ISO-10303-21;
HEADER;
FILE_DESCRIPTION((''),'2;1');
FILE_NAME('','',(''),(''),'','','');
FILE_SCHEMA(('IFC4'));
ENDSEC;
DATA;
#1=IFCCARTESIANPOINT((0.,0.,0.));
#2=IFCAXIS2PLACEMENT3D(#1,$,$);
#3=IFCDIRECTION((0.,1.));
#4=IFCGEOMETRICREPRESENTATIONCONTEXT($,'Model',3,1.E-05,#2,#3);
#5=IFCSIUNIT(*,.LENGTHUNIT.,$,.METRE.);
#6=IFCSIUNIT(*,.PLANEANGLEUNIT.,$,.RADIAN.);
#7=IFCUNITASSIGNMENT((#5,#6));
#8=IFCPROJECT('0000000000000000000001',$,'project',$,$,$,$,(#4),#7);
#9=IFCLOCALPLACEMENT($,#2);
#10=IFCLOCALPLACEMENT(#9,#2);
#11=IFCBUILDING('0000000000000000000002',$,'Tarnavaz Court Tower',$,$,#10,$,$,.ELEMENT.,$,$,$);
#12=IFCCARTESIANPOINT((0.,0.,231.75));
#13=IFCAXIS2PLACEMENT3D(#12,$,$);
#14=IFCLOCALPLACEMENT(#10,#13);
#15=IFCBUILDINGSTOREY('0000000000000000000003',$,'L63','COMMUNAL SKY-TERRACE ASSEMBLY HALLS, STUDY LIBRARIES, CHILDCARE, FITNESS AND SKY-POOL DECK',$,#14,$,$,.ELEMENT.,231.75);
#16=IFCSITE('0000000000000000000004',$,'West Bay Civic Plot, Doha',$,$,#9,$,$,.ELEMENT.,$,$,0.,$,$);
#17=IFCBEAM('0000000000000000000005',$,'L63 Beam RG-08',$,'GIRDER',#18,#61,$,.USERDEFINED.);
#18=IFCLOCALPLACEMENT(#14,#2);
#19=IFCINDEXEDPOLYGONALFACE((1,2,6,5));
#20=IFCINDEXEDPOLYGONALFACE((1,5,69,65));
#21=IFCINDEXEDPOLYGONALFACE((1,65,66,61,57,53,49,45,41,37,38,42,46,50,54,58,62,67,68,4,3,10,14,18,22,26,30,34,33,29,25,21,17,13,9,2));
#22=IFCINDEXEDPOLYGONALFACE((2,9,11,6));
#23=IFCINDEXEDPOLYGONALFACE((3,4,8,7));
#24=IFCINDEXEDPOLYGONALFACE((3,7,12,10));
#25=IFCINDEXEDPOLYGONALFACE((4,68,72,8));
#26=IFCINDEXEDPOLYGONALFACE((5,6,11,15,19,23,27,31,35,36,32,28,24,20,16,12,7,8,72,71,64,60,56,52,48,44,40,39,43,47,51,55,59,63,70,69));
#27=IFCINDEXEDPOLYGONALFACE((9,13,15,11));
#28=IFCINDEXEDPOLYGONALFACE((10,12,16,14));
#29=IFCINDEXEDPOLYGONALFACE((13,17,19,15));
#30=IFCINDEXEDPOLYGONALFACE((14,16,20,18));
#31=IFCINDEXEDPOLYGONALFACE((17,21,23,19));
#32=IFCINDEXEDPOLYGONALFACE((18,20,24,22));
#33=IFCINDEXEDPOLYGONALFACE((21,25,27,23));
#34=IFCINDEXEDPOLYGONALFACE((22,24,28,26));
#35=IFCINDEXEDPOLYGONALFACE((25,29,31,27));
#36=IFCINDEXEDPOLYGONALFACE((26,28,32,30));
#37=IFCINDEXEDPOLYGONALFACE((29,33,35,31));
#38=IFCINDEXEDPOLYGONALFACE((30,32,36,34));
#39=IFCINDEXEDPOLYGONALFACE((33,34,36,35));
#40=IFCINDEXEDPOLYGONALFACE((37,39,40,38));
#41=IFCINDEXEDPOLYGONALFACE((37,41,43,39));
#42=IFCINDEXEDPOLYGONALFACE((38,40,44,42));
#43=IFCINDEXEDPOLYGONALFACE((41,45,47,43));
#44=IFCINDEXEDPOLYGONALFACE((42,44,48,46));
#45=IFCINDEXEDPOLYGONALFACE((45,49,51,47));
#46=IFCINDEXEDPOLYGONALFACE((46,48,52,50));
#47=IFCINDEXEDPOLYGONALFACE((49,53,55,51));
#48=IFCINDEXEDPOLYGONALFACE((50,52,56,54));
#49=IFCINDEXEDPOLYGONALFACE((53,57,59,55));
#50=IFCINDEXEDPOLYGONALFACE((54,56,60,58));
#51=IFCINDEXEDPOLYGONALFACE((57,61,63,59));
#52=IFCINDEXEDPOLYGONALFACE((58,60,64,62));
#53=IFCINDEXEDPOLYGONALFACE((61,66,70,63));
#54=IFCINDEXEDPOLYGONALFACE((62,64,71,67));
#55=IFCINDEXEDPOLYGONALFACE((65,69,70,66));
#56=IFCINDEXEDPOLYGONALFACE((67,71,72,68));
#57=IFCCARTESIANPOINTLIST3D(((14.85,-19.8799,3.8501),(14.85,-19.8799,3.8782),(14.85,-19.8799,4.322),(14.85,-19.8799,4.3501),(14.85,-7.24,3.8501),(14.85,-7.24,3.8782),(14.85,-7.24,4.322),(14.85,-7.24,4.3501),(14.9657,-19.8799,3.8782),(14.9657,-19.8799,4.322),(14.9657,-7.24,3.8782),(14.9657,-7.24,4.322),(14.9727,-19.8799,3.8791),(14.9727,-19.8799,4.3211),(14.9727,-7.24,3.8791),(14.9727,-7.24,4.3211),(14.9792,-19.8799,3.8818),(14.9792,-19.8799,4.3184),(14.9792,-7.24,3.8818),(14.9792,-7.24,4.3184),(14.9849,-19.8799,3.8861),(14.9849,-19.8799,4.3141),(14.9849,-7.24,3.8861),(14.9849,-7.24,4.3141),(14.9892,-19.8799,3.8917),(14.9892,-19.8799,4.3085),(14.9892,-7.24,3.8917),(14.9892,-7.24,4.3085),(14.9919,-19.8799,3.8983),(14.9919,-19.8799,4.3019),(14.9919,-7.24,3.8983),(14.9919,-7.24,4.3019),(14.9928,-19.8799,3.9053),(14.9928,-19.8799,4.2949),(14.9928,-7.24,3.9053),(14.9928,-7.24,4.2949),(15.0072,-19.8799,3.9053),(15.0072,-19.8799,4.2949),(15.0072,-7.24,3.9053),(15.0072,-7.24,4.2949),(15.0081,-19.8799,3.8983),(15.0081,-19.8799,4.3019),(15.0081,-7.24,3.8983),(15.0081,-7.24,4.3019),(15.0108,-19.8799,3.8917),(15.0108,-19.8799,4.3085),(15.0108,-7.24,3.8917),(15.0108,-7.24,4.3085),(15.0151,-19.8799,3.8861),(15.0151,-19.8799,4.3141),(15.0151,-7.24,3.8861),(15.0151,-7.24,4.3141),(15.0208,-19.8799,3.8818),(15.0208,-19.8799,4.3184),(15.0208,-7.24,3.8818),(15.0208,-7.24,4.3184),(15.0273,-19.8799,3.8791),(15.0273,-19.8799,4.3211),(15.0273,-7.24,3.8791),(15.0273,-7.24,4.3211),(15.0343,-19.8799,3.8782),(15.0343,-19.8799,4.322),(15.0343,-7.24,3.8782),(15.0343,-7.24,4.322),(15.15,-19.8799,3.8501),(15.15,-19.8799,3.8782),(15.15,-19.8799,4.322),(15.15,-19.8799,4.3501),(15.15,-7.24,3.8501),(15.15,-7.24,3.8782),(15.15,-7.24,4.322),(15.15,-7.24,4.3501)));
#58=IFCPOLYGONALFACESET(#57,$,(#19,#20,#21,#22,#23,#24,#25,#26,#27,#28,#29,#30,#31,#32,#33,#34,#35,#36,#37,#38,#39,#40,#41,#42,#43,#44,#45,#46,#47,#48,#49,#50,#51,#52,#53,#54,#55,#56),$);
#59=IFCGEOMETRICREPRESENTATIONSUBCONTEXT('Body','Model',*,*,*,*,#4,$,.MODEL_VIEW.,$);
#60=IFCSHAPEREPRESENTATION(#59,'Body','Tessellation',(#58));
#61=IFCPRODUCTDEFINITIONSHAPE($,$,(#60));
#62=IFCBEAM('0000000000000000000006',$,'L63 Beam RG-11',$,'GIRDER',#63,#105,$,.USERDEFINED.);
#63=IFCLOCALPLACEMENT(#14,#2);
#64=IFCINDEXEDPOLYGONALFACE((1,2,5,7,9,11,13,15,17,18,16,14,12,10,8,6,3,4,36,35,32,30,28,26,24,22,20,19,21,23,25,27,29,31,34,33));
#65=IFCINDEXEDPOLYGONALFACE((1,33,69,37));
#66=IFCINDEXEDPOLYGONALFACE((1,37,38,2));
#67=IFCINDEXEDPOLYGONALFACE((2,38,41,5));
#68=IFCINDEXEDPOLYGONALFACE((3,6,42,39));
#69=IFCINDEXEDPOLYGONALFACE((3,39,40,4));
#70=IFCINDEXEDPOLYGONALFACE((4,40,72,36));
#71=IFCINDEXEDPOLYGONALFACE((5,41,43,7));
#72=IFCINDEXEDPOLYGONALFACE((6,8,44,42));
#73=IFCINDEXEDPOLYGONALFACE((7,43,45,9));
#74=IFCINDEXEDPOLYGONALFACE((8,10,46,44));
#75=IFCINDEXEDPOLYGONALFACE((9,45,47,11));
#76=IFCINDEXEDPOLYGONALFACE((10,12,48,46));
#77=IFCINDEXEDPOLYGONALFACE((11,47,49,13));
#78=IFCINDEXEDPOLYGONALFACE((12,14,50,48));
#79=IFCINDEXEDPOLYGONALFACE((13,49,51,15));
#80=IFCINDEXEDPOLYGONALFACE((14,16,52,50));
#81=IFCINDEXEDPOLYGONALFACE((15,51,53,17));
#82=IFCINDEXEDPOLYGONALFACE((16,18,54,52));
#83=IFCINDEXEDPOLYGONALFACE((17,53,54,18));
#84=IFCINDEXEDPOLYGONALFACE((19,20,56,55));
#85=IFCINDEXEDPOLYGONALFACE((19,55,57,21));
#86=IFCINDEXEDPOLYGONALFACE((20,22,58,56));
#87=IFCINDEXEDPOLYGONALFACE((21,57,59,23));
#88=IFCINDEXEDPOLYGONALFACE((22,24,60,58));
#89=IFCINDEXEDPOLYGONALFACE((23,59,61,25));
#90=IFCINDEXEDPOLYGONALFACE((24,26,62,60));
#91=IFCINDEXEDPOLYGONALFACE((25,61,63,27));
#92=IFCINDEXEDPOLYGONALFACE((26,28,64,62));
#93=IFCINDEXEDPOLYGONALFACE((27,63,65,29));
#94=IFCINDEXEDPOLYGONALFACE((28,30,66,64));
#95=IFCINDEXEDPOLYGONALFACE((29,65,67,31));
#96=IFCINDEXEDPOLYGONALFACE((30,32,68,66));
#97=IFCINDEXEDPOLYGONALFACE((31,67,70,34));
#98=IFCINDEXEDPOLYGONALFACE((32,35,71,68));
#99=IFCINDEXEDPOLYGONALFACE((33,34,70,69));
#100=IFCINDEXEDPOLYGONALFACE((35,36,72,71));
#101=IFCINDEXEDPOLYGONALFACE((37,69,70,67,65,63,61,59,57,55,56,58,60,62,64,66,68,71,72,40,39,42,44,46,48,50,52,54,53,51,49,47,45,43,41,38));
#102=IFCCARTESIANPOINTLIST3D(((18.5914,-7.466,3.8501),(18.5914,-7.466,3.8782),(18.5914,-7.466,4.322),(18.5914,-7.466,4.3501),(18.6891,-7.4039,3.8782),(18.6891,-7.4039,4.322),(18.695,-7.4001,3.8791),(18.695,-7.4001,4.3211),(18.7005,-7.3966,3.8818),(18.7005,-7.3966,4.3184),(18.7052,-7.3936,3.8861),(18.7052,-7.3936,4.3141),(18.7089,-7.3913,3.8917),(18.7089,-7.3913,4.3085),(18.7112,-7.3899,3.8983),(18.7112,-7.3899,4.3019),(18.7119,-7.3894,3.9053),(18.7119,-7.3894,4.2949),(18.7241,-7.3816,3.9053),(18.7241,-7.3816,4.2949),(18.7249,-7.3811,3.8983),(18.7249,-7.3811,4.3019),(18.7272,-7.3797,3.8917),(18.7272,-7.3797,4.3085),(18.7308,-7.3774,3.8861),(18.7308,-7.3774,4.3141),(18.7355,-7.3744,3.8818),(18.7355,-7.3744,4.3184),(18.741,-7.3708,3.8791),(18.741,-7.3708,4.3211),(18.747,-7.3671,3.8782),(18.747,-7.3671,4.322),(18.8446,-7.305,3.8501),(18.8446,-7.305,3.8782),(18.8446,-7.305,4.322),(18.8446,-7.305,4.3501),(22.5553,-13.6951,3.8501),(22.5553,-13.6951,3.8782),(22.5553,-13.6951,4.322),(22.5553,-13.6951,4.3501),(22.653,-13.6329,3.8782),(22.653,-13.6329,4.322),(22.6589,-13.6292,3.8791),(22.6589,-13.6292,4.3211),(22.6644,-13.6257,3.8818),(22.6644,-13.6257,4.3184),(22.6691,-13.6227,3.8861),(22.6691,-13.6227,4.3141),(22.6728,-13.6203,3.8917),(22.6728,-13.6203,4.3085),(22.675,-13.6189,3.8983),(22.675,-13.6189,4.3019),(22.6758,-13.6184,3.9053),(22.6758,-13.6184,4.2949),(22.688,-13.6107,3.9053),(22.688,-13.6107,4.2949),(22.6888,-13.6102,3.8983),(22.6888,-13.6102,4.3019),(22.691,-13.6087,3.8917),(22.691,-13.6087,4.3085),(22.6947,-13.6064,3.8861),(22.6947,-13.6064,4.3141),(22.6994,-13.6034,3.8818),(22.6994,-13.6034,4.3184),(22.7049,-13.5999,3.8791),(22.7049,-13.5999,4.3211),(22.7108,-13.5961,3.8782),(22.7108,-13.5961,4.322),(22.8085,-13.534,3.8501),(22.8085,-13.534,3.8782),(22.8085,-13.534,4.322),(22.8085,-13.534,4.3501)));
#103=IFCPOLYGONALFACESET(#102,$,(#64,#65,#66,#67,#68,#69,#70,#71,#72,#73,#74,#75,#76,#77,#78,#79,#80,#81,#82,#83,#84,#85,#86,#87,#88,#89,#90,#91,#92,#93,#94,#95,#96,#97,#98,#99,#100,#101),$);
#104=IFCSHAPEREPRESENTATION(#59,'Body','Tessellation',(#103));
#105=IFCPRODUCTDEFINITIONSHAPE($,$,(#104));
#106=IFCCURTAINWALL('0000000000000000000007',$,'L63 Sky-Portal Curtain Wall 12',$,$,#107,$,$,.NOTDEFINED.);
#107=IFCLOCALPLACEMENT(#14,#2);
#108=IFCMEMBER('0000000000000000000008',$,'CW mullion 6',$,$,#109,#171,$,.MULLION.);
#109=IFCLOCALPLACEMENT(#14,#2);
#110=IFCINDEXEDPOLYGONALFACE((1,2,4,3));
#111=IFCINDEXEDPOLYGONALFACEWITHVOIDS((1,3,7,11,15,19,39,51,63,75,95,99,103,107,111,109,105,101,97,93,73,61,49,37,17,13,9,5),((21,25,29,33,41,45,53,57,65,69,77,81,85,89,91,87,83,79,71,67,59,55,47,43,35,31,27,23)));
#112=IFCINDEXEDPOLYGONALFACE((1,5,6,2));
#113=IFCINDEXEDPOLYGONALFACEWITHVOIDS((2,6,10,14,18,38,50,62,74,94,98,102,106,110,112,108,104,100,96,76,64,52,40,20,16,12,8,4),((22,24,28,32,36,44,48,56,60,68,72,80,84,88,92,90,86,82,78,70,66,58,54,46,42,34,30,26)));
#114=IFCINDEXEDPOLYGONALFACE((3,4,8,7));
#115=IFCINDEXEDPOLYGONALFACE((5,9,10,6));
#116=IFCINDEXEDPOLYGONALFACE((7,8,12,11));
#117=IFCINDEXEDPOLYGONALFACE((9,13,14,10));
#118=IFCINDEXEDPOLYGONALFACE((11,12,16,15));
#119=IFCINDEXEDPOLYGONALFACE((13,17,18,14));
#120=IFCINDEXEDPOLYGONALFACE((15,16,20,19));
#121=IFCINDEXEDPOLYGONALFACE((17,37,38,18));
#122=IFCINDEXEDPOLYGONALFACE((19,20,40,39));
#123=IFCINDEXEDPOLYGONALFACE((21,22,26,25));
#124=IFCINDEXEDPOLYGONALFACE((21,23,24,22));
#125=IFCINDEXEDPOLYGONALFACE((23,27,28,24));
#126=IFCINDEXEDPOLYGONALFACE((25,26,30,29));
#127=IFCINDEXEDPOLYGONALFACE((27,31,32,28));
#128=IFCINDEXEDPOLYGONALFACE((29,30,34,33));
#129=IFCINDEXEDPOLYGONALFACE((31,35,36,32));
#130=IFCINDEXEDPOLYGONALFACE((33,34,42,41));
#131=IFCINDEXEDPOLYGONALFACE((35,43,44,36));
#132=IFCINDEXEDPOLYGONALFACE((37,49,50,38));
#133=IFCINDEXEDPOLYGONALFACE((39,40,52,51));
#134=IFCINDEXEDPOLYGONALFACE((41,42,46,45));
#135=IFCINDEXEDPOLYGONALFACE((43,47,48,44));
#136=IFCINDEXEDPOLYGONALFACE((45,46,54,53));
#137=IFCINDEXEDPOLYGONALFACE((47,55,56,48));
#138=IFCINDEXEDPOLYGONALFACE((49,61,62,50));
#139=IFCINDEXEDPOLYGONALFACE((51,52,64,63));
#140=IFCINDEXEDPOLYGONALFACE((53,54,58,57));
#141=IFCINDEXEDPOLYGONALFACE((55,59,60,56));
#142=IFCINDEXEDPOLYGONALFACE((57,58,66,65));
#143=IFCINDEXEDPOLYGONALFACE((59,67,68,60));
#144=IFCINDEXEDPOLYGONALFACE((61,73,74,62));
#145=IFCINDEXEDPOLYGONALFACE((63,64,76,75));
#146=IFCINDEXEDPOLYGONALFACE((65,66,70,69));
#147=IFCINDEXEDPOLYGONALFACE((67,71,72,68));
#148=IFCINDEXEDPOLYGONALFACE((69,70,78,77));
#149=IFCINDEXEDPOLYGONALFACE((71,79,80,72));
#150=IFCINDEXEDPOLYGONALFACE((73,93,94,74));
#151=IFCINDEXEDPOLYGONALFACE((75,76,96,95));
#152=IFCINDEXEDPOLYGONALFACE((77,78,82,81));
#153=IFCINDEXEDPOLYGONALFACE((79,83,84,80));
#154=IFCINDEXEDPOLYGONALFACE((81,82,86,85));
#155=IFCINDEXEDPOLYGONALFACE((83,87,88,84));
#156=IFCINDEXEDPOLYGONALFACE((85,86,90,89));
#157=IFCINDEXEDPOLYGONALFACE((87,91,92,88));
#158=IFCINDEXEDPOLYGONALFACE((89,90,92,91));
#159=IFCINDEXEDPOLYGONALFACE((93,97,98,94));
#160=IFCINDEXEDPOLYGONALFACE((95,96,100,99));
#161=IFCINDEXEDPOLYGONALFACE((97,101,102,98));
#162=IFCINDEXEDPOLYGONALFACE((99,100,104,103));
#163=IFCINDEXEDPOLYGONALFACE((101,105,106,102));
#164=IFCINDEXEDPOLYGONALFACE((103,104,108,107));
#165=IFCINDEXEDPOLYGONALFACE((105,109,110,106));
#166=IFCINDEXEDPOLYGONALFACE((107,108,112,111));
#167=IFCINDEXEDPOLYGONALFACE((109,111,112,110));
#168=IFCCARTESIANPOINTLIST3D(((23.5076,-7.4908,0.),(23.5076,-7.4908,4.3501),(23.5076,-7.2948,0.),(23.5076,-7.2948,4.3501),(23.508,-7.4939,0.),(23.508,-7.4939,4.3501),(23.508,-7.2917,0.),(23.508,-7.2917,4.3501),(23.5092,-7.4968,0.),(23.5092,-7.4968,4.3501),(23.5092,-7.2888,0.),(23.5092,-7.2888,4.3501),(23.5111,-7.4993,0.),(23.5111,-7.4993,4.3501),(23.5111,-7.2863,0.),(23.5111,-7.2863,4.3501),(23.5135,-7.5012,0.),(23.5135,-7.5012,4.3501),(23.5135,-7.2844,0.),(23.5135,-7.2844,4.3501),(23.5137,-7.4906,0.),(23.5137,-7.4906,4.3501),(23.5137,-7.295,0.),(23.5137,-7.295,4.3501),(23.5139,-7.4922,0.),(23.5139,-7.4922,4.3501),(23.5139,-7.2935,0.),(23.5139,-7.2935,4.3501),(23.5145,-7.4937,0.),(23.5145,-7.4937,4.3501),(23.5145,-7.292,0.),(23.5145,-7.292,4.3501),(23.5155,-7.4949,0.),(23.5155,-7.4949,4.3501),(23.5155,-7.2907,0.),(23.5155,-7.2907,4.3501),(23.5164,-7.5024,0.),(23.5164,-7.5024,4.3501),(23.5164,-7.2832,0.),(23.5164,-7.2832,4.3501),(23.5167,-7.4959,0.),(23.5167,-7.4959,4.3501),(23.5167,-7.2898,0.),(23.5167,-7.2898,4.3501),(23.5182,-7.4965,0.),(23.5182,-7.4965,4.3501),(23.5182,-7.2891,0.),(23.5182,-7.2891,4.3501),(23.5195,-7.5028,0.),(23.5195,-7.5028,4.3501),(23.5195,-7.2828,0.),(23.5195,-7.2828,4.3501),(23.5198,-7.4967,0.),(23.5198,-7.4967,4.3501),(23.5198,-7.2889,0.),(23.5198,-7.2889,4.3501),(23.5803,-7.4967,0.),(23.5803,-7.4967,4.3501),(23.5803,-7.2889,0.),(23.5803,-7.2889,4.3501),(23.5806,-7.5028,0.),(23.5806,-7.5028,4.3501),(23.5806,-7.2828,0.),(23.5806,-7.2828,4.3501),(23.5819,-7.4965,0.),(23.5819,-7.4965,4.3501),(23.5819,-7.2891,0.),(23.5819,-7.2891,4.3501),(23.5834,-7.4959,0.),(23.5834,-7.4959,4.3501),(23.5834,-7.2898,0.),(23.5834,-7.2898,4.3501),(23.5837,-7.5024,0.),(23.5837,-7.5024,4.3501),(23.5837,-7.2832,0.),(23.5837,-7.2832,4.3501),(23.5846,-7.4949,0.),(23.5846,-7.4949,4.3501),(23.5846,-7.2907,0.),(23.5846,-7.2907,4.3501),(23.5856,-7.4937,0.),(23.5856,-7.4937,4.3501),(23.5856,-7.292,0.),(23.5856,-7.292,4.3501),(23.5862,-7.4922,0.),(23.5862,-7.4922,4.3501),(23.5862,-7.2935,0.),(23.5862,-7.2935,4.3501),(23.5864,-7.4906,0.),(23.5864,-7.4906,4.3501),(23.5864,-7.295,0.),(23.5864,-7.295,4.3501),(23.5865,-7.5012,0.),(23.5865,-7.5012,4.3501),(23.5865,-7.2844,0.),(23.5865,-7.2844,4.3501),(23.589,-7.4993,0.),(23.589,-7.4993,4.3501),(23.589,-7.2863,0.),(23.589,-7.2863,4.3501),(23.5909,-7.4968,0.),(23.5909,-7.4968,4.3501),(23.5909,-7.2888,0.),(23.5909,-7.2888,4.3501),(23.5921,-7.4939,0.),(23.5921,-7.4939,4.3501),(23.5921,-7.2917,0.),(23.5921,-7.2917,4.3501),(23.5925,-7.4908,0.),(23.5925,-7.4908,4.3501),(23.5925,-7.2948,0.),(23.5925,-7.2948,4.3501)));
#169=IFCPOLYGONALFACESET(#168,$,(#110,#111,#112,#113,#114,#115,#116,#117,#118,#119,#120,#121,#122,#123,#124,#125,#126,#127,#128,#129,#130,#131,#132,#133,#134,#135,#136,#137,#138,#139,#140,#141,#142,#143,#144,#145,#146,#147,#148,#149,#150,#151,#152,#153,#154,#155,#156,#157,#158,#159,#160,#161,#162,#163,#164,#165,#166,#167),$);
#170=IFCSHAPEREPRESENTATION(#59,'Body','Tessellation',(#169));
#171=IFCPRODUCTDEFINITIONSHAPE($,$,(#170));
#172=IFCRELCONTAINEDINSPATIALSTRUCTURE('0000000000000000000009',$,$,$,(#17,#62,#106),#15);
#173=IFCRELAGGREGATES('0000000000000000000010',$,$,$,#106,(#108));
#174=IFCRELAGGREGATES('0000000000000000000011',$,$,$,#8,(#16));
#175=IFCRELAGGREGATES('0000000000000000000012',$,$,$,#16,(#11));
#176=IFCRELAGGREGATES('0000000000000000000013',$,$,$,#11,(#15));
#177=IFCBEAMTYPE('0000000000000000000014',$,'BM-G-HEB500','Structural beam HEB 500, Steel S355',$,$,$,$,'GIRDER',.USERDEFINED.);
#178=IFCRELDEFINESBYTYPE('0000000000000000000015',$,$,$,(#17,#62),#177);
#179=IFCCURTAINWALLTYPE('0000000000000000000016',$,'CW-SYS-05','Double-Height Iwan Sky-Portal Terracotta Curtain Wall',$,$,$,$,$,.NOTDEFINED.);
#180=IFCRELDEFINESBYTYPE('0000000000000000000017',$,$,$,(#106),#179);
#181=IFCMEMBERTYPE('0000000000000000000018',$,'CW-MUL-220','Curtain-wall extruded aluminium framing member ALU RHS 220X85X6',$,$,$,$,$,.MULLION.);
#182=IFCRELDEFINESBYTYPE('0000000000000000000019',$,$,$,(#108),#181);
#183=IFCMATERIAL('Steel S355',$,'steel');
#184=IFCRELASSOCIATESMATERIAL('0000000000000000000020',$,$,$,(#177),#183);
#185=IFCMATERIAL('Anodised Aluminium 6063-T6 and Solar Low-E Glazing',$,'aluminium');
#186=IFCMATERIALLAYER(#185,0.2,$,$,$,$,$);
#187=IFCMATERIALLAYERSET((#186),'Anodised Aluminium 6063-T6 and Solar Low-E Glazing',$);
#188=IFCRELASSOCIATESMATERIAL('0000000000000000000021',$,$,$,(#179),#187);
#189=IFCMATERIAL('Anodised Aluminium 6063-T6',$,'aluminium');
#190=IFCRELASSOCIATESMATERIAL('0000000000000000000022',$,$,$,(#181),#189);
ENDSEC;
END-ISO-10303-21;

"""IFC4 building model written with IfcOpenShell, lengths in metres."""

from ifc_helpers import new_model, si_unit, direction, frame, origin, origin_2d, place, context, subcontext, project, spatial, hollow_rectangle, i_section, extrude, material, layer, layer_set, material_profile, profile_set, type_object, element, aggregate, save


model = new_model("IFC4")

# Units and contexts
model_context = context("Model", 3, precision=1e-05, world=origin(), true_north=direction((0.0, 1.0)))
body_context = subcontext(model_context, "Body", "Model", "MODEL_VIEW")
ifc_project = project(units=[si_unit("LENGTHUNIT", "METRE"), si_unit("PLANEANGLEUNIT", "RADIAN")], contexts=[model_context])

# Site, building, storey
site_placement = place(None, origin())
site = spatial("IfcSite", under=ifc_project, at=site_placement, Name="West Bay Civic Plot, Doha", CompositionType="ELEMENT", RefElevation=0.0)
building_placement = place(site_placement, origin())
building = spatial("IfcBuilding", under=site, at=building_placement, Name="Tarnavaz Court Tower", CompositionType="ELEMENT")
storey_placement = place(building_placement, frame((0.0, 0.0, 231.75)))
storey = spatial("IfcBuildingStorey", under=building, at=storey_placement, Name="L63", Description="COMMUNAL SKY-TERRACE ASSEMBLY HALLS, STUDY LIBRARIES, CHILDCARE, FITNESS AND SKY-POOL DECK", CompositionType="ELEMENT", Elevation=231.75)

# Beams
ifc_material_1 = material(Name="Steel S355", Category="steel")
ifc_material_profile_1 = material_profile(ifc_material_1, i_section(OverallWidth=0.3, OverallDepth=0.5, WebThickness=0.0144, FlangeThickness=0.0281, FilletRadius=0.0271, at=origin_2d()), Name="HEB 500")
ifc_profile_set_1 = profile_set([ifc_material_profile_1], Name="Steel S355")
beam_type = type_object("IfcBeamType", Name="BM-G-HEB500", Description="Structural beam HEB 500, Steel S355", ElementType="GIRDER", PredefinedType="USERDEFINED", material=ifc_profile_set_1)
beam_1_placement = place(storey_placement, frame((15.0, -7.24, 4.1001), z_axis=(0.0, -1.0, 0.0), x_axis=(1.0, 0.0, 0.0)))
element("IfcBeam", 1, at=beam_1_placement, inside=storey, type_object=beam_type, Name="L63 Beam RG-08", ObjectType="GIRDER", PredefinedType="USERDEFINED", context=body_context, shape_type="SweptSolid", body=[
    extrude(i_section(OverallWidth=0.3, OverallDepth=0.5, WebThickness=0.0144, FlangeThickness=0.0281, FilletRadius=0.0271, at=origin_2d()), origin(), (0.0, 0.0, 1.0), 12.6399),
])
beam_2_placement = place(storey_placement, frame((18.718, -7.3855, 4.1001), z_axis=(0.536871, -0.843664, 0.0), x_axis=(0.843664, 0.536871, 0.0)))
element("IfcBeam", 2, at=beam_2_placement, inside=storey, type_object=beam_type, Name="L63 Beam RG-11", ObjectType="GIRDER", PredefinedType="USERDEFINED", context=body_context, shape_type="SweptSolid", body=[
    extrude(i_section(OverallWidth=0.3, OverallDepth=0.5, WebThickness=0.0144, FlangeThickness=0.0281, FilletRadius=0.0271, at=origin_2d()), origin(), (0.0, 0.0, 1.0), 7.3833),
])

# Curtain wall, member
ifc_material_2 = material(Name="Anodised Aluminium 6063-T6 and Solar Low-E Glazing", Category="aluminium")
ifc_layer_1 = layer(ifc_material_2, 0.2)
ifc_layer_set_1 = layer_set([ifc_layer_1], Name="Anodised Aluminium 6063-T6 and Solar Low-E Glazing")
curtain_wall_type = type_object("IfcCurtainWallType", Name="CW-SYS-05", Description="Double-Height Iwan Sky-Portal Terracotta Curtain Wall", PredefinedType="NOTDEFINED", material=ifc_layer_set_1)
curtain_wall_placement = place(storey_placement, origin())
curtain_wall = element("IfcCurtainWall", 3, at=curtain_wall_placement, inside=storey, type_object=curtain_wall_type, Name="L63 Sky-Portal Curtain Wall 12", PredefinedType="NOTDEFINED")
ifc_material_3 = material(Name="Anodised Aluminium 6063-T6", Category="aluminium")
ifc_material_profile_2 = material_profile(ifc_material_3, hollow_rectangle(XDim=0.085, YDim=0.22, WallThickness=0.0061, InnerFilletRadius=0.0061, OuterFilletRadius=0.012, at=origin_2d()), Name="ALU RHS 220X85X6")
ifc_profile_set_2 = profile_set([ifc_material_profile_2], Name="Anodised Aluminium 6063-T6")
member_type_1 = type_object("IfcMemberType", Name="CW-MUL-220", Description="Curtain-wall extruded aluminium framing member ALU RHS 220X85X6", PredefinedType="MULLION", material=ifc_profile_set_2)
member_1_placement = place(storey_placement, frame((23.55, -7.3928, 0.0), z_axis=(0.0, 0.0, 1.0), x_axis=(1.0, 0.0, 0.0)))
member_1 = element("IfcMember", 4, at=member_1_placement, type_object=member_type_1, Name="CW mullion 6", PredefinedType="MULLION", context=body_context, shape_type="SweptSolid", body=[
    extrude(hollow_rectangle(XDim=0.085, YDim=0.22, WallThickness=0.0061, InnerFilletRadius=0.0061, OuterFilletRadius=0.012, at=origin_2d()), origin(), (0.0, 0.0, 1.0), 4.3501),
])
aggregate(curtain_wall, [member_1])

save(model, "model.ifc")
